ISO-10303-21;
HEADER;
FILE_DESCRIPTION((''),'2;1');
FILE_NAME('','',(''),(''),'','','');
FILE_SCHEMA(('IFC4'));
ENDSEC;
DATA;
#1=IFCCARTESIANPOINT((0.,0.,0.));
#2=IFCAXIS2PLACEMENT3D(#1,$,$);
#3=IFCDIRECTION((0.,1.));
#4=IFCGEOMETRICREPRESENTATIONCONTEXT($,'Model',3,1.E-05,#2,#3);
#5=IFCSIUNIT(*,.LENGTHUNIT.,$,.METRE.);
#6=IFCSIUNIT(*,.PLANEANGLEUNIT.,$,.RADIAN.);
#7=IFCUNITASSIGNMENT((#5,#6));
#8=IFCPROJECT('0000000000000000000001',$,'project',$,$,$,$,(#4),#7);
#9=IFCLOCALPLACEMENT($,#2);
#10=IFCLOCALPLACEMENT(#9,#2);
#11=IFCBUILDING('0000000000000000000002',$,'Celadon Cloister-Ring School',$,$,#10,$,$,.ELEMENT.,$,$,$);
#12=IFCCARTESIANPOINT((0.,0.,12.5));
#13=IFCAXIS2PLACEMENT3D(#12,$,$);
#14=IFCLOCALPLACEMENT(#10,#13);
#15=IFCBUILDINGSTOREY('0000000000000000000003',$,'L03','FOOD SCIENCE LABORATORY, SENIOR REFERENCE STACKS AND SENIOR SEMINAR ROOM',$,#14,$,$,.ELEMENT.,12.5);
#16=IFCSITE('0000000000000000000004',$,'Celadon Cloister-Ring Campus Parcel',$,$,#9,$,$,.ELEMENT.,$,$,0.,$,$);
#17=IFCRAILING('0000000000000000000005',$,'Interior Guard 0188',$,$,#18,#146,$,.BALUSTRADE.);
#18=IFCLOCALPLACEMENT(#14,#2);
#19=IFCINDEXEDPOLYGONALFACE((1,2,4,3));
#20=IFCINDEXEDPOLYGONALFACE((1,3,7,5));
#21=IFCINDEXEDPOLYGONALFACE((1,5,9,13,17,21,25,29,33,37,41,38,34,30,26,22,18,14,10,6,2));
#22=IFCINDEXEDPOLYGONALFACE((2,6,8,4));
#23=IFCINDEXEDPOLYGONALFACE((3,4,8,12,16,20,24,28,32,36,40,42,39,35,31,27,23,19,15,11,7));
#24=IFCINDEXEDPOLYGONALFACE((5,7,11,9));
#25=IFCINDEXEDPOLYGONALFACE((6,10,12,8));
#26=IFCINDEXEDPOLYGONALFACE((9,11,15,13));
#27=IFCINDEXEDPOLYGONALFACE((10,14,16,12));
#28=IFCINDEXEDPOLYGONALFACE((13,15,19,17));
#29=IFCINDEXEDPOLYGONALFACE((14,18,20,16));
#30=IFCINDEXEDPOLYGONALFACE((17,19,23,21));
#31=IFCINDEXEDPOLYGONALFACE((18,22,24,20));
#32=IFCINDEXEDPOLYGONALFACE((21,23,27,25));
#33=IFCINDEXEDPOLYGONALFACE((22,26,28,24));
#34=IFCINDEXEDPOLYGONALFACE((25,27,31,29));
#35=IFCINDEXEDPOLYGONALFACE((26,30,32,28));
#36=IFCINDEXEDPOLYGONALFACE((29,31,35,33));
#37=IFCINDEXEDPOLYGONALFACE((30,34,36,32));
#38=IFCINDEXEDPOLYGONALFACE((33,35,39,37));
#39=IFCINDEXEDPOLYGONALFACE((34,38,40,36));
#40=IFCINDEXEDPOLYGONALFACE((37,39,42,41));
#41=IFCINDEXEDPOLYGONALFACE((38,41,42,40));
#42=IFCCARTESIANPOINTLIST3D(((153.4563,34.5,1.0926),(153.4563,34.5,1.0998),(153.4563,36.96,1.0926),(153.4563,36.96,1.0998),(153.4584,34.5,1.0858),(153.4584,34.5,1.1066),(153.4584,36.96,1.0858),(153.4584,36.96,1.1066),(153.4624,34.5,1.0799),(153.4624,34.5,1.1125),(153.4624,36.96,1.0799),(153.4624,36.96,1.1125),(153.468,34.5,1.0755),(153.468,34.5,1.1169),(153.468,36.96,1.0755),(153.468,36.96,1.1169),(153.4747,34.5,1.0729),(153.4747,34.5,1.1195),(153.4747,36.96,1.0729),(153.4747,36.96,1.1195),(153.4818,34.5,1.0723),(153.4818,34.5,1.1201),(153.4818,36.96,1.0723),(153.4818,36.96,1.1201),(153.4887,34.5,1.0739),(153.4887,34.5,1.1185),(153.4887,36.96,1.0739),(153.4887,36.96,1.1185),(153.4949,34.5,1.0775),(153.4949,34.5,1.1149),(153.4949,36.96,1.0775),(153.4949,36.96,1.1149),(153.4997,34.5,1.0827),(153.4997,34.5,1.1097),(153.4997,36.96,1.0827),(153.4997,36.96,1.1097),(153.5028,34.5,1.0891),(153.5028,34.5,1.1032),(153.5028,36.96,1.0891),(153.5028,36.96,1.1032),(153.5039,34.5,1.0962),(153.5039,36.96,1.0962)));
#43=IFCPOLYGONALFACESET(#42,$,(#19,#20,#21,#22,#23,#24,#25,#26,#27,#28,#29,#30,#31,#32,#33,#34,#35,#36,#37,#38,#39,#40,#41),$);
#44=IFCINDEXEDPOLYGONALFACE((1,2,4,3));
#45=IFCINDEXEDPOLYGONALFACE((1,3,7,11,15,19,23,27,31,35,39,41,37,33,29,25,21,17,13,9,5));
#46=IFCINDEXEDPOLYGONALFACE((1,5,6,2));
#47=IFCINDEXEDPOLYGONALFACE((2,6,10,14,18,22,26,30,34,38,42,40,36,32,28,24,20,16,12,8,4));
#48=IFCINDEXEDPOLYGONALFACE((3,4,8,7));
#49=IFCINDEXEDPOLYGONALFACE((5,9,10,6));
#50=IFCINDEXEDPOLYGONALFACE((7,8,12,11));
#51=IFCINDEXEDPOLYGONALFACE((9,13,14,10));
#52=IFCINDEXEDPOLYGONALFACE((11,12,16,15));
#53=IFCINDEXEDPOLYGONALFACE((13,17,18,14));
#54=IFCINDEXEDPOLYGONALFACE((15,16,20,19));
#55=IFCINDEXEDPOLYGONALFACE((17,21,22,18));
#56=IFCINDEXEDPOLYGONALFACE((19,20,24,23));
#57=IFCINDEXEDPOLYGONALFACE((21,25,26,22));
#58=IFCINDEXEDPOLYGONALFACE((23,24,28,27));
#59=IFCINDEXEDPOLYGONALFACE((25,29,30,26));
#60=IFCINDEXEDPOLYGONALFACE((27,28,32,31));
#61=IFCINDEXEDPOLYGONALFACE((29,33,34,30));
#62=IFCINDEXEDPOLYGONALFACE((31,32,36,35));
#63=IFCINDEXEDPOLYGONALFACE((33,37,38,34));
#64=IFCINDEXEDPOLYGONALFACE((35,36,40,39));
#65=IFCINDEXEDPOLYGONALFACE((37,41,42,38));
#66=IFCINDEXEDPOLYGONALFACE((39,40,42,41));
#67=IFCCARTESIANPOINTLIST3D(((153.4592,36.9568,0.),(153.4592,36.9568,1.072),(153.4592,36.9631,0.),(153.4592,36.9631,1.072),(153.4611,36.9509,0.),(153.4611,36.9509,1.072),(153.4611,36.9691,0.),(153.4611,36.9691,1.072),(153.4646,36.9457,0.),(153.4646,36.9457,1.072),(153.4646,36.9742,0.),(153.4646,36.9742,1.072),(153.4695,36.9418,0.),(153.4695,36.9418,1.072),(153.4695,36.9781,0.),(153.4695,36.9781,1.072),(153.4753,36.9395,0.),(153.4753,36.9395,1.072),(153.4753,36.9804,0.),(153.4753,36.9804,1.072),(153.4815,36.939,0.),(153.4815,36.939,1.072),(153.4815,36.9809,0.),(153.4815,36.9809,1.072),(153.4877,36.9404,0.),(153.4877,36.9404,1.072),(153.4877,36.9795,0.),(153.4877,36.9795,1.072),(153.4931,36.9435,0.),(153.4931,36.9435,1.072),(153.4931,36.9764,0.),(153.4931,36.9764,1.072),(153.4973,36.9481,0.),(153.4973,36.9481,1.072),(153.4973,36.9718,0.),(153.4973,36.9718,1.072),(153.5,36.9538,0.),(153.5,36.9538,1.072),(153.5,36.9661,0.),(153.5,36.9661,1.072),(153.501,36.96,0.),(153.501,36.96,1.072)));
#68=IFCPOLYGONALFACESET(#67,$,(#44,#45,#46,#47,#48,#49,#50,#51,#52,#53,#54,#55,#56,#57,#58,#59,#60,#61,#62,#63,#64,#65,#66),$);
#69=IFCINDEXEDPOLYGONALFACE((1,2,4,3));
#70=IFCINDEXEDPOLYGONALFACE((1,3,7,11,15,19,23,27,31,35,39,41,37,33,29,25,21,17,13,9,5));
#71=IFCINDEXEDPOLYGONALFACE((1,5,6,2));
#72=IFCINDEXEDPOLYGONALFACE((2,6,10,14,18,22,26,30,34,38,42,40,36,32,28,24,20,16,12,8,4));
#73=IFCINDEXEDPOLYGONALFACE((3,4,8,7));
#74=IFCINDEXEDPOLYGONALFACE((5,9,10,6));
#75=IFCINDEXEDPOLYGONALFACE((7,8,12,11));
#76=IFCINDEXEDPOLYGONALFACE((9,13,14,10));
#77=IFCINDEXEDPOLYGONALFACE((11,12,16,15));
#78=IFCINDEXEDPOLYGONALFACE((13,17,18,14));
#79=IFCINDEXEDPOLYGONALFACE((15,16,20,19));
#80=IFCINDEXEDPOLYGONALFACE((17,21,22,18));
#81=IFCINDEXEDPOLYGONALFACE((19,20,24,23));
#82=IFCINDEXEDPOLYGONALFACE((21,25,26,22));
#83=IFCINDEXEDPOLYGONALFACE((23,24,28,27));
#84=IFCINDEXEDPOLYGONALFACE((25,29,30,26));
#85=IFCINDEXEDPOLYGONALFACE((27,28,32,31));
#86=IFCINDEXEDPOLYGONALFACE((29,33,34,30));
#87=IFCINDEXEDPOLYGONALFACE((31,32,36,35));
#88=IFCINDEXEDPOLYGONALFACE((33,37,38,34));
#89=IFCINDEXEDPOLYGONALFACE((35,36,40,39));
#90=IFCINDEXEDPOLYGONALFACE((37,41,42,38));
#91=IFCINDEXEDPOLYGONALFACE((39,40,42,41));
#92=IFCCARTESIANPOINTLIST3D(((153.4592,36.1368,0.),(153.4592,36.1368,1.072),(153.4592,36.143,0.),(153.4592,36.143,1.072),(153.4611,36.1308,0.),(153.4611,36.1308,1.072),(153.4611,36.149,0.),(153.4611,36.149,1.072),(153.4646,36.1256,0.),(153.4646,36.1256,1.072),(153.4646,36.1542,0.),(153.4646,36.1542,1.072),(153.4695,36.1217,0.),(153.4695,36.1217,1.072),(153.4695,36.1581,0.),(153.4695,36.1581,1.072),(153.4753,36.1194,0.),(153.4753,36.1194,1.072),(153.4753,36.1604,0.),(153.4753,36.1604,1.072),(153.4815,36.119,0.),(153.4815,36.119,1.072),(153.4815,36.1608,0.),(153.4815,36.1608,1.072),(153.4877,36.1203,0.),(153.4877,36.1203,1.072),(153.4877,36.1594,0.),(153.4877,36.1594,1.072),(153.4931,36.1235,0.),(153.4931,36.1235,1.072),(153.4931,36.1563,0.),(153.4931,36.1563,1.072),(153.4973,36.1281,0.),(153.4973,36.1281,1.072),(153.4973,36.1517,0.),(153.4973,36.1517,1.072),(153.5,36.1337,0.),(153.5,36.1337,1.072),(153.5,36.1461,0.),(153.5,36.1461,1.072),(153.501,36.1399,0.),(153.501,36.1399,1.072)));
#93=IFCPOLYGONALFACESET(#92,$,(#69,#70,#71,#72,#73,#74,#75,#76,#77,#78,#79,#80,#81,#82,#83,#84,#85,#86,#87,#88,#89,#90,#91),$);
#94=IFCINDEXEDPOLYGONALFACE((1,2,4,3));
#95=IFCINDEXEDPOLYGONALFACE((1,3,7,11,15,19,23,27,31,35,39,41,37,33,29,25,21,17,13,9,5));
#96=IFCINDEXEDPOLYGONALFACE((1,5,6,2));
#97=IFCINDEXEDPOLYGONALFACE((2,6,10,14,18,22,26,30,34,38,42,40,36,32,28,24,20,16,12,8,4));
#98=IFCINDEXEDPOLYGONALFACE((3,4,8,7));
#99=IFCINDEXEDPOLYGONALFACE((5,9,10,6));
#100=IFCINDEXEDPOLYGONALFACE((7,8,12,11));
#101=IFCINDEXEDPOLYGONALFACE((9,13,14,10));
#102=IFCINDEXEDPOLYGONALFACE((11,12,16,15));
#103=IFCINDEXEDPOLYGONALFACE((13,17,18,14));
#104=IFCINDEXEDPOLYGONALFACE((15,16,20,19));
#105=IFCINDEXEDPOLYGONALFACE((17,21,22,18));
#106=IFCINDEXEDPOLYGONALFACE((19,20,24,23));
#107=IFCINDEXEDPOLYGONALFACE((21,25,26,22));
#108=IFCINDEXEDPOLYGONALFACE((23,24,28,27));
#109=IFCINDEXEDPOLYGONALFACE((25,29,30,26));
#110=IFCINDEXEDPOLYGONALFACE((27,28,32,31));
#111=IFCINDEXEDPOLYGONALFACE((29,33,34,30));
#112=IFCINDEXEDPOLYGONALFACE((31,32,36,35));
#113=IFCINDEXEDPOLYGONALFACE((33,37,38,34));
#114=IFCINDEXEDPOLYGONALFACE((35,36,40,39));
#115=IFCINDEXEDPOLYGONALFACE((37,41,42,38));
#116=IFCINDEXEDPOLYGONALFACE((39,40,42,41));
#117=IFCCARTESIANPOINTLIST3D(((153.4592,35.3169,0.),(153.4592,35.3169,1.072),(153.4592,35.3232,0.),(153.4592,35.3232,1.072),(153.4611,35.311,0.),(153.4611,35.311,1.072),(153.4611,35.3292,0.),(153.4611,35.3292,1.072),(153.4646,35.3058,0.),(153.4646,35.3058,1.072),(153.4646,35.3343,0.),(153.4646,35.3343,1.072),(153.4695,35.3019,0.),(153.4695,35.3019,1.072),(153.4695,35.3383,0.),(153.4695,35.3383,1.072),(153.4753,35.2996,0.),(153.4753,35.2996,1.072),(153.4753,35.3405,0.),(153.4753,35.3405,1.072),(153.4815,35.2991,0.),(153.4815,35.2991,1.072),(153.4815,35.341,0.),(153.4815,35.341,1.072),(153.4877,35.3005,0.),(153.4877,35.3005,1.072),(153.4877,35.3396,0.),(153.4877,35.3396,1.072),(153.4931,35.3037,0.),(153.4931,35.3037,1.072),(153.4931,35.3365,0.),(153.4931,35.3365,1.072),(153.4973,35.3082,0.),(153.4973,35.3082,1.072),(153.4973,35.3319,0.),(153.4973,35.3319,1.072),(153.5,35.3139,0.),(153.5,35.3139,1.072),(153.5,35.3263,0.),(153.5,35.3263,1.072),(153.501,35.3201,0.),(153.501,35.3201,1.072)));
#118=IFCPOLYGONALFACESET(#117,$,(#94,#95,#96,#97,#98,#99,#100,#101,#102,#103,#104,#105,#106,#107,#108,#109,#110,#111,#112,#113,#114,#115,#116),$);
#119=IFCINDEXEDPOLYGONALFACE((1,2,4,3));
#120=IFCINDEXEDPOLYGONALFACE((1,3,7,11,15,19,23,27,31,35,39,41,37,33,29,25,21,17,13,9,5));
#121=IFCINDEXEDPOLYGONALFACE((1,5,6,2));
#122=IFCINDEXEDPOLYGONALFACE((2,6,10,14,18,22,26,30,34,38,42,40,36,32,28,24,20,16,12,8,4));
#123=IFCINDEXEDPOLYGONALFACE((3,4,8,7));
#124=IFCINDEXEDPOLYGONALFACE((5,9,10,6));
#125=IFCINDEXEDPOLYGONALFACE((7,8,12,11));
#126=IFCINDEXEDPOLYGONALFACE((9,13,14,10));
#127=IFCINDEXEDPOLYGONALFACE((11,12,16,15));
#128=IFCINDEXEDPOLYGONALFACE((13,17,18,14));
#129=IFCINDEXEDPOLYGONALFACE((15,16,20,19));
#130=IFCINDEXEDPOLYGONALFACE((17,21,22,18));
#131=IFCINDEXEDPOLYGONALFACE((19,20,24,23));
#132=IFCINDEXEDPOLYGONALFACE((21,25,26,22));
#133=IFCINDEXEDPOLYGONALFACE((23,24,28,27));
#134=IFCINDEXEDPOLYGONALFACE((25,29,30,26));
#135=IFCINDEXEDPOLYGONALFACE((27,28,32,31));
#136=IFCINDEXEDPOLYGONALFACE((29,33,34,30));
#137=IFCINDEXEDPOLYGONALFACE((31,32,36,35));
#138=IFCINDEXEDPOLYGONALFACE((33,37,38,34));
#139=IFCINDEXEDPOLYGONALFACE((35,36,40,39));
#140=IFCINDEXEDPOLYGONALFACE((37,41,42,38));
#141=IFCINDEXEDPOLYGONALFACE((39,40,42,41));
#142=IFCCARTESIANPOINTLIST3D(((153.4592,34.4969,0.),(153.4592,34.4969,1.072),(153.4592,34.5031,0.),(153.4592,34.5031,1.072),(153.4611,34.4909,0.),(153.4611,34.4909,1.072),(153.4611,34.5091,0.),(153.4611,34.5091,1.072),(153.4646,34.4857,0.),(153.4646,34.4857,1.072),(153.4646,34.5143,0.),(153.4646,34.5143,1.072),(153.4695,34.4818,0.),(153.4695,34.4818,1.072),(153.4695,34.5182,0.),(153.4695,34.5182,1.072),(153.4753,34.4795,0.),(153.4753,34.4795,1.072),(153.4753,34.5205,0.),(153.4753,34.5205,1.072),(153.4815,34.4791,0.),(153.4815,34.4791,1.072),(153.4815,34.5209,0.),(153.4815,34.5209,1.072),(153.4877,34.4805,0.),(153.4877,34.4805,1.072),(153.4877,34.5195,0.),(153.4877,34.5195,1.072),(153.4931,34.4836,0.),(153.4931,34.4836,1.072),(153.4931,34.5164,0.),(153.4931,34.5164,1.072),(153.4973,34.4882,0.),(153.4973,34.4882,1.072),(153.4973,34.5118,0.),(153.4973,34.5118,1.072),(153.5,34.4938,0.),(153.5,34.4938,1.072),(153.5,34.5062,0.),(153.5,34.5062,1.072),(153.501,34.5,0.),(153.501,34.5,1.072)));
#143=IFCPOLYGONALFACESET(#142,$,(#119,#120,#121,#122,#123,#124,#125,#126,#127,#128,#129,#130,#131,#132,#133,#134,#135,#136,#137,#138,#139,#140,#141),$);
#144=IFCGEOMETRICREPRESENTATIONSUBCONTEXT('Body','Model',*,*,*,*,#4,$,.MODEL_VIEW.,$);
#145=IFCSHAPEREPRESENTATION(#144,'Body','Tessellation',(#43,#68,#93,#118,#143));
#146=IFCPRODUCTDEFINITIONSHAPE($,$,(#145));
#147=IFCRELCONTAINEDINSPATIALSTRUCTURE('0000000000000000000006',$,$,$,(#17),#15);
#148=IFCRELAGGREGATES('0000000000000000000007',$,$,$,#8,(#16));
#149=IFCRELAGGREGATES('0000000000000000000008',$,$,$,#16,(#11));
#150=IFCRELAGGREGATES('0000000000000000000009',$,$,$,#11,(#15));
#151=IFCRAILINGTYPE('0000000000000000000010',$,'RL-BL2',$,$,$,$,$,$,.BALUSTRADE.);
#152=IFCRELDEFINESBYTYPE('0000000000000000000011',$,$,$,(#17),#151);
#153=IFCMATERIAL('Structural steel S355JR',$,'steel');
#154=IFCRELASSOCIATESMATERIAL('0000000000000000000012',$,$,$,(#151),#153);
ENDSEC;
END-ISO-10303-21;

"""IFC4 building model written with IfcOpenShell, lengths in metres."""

from ifc_helpers import new_model, si_unit, direction, frame, origin, origin_2d, place, context, subcontext, project, spatial, circle, extrude, material, type_object, element, save


model = new_model("IFC4")

# Units and contexts
model_context = context("Model", 3, precision=1e-05, world=origin(), true_north=direction((0.0, 1.0)))
body_context = subcontext(model_context, "Body", "Model", "MODEL_VIEW")
ifc_project = project(units=[si_unit("LENGTHUNIT", "METRE"), si_unit("PLANEANGLEUNIT", "RADIAN")], contexts=[model_context])

# Site, building, storey
site_placement = place(None, origin())
site = spatial("IfcSite", under=ifc_project, at=site_placement, Name="Celadon Cloister-Ring Campus Parcel", CompositionType="ELEMENT", RefElevation=0.0)
building_placement = place(site_placement, origin())
building = spatial("IfcBuilding", under=site, at=building_placement, Name="Celadon Cloister-Ring School", CompositionType="ELEMENT")
storey_placement = place(building_placement, frame((0.0, 0.0, 12.5)))
storey = spatial("IfcBuildingStorey", under=building, at=storey_placement, Name="L03", Description="FOOD SCIENCE LABORATORY, SENIOR REFERENCE STACKS AND SENIOR SEMINAR ROOM", CompositionType="ELEMENT", Elevation=12.5)

# Railing
ifc_material_1 = material(Name="Structural steel S355JR", Category="steel")
railing_type_1 = type_object("IfcRailingType", Name="RL-BL2", PredefinedType="BALUSTRADE", material=ifc_material_1)
railing_1_placement = place(storey_placement, frame((153.48, 36.96, 0.0)))
element("IfcRailing", 1, at=railing_1_placement, inside=storey, type_object=railing_type_1, Name="Interior Guard 0188", PredefinedType="BALUSTRADE", context=body_context, shape_type="SweptSolid", body=[
    extrude(circle(Radius=0.0239, at=origin_2d()), frame((0.0, 0.0, 1.0962), z_axis=(0.0, -1.0, 0.0), x_axis=(1.0, 0.0, 0.0)), (0.0, 0.0, 1.0), 2.46),
    extrude(circle(Radius=0.021, at=origin_2d()), origin(), (0.0, 0.0, 1.0), 1.072),
    extrude(circle(Radius=0.021, at=origin_2d()), frame((0.0, -0.8201, 0.0)), (0.0, 0.0, 1.0), 1.072),
    extrude(circle(Radius=0.021, at=origin_2d()), frame((0.0, -1.6399, 0.0)), (0.0, 0.0, 1.0), 1.072),
    extrude(circle(Radius=0.021, at=origin_2d()), frame((0.0, -2.46, 0.0)), (0.0, 0.0, 1.0), 1.072),
])

save(model, "model.ifc")
